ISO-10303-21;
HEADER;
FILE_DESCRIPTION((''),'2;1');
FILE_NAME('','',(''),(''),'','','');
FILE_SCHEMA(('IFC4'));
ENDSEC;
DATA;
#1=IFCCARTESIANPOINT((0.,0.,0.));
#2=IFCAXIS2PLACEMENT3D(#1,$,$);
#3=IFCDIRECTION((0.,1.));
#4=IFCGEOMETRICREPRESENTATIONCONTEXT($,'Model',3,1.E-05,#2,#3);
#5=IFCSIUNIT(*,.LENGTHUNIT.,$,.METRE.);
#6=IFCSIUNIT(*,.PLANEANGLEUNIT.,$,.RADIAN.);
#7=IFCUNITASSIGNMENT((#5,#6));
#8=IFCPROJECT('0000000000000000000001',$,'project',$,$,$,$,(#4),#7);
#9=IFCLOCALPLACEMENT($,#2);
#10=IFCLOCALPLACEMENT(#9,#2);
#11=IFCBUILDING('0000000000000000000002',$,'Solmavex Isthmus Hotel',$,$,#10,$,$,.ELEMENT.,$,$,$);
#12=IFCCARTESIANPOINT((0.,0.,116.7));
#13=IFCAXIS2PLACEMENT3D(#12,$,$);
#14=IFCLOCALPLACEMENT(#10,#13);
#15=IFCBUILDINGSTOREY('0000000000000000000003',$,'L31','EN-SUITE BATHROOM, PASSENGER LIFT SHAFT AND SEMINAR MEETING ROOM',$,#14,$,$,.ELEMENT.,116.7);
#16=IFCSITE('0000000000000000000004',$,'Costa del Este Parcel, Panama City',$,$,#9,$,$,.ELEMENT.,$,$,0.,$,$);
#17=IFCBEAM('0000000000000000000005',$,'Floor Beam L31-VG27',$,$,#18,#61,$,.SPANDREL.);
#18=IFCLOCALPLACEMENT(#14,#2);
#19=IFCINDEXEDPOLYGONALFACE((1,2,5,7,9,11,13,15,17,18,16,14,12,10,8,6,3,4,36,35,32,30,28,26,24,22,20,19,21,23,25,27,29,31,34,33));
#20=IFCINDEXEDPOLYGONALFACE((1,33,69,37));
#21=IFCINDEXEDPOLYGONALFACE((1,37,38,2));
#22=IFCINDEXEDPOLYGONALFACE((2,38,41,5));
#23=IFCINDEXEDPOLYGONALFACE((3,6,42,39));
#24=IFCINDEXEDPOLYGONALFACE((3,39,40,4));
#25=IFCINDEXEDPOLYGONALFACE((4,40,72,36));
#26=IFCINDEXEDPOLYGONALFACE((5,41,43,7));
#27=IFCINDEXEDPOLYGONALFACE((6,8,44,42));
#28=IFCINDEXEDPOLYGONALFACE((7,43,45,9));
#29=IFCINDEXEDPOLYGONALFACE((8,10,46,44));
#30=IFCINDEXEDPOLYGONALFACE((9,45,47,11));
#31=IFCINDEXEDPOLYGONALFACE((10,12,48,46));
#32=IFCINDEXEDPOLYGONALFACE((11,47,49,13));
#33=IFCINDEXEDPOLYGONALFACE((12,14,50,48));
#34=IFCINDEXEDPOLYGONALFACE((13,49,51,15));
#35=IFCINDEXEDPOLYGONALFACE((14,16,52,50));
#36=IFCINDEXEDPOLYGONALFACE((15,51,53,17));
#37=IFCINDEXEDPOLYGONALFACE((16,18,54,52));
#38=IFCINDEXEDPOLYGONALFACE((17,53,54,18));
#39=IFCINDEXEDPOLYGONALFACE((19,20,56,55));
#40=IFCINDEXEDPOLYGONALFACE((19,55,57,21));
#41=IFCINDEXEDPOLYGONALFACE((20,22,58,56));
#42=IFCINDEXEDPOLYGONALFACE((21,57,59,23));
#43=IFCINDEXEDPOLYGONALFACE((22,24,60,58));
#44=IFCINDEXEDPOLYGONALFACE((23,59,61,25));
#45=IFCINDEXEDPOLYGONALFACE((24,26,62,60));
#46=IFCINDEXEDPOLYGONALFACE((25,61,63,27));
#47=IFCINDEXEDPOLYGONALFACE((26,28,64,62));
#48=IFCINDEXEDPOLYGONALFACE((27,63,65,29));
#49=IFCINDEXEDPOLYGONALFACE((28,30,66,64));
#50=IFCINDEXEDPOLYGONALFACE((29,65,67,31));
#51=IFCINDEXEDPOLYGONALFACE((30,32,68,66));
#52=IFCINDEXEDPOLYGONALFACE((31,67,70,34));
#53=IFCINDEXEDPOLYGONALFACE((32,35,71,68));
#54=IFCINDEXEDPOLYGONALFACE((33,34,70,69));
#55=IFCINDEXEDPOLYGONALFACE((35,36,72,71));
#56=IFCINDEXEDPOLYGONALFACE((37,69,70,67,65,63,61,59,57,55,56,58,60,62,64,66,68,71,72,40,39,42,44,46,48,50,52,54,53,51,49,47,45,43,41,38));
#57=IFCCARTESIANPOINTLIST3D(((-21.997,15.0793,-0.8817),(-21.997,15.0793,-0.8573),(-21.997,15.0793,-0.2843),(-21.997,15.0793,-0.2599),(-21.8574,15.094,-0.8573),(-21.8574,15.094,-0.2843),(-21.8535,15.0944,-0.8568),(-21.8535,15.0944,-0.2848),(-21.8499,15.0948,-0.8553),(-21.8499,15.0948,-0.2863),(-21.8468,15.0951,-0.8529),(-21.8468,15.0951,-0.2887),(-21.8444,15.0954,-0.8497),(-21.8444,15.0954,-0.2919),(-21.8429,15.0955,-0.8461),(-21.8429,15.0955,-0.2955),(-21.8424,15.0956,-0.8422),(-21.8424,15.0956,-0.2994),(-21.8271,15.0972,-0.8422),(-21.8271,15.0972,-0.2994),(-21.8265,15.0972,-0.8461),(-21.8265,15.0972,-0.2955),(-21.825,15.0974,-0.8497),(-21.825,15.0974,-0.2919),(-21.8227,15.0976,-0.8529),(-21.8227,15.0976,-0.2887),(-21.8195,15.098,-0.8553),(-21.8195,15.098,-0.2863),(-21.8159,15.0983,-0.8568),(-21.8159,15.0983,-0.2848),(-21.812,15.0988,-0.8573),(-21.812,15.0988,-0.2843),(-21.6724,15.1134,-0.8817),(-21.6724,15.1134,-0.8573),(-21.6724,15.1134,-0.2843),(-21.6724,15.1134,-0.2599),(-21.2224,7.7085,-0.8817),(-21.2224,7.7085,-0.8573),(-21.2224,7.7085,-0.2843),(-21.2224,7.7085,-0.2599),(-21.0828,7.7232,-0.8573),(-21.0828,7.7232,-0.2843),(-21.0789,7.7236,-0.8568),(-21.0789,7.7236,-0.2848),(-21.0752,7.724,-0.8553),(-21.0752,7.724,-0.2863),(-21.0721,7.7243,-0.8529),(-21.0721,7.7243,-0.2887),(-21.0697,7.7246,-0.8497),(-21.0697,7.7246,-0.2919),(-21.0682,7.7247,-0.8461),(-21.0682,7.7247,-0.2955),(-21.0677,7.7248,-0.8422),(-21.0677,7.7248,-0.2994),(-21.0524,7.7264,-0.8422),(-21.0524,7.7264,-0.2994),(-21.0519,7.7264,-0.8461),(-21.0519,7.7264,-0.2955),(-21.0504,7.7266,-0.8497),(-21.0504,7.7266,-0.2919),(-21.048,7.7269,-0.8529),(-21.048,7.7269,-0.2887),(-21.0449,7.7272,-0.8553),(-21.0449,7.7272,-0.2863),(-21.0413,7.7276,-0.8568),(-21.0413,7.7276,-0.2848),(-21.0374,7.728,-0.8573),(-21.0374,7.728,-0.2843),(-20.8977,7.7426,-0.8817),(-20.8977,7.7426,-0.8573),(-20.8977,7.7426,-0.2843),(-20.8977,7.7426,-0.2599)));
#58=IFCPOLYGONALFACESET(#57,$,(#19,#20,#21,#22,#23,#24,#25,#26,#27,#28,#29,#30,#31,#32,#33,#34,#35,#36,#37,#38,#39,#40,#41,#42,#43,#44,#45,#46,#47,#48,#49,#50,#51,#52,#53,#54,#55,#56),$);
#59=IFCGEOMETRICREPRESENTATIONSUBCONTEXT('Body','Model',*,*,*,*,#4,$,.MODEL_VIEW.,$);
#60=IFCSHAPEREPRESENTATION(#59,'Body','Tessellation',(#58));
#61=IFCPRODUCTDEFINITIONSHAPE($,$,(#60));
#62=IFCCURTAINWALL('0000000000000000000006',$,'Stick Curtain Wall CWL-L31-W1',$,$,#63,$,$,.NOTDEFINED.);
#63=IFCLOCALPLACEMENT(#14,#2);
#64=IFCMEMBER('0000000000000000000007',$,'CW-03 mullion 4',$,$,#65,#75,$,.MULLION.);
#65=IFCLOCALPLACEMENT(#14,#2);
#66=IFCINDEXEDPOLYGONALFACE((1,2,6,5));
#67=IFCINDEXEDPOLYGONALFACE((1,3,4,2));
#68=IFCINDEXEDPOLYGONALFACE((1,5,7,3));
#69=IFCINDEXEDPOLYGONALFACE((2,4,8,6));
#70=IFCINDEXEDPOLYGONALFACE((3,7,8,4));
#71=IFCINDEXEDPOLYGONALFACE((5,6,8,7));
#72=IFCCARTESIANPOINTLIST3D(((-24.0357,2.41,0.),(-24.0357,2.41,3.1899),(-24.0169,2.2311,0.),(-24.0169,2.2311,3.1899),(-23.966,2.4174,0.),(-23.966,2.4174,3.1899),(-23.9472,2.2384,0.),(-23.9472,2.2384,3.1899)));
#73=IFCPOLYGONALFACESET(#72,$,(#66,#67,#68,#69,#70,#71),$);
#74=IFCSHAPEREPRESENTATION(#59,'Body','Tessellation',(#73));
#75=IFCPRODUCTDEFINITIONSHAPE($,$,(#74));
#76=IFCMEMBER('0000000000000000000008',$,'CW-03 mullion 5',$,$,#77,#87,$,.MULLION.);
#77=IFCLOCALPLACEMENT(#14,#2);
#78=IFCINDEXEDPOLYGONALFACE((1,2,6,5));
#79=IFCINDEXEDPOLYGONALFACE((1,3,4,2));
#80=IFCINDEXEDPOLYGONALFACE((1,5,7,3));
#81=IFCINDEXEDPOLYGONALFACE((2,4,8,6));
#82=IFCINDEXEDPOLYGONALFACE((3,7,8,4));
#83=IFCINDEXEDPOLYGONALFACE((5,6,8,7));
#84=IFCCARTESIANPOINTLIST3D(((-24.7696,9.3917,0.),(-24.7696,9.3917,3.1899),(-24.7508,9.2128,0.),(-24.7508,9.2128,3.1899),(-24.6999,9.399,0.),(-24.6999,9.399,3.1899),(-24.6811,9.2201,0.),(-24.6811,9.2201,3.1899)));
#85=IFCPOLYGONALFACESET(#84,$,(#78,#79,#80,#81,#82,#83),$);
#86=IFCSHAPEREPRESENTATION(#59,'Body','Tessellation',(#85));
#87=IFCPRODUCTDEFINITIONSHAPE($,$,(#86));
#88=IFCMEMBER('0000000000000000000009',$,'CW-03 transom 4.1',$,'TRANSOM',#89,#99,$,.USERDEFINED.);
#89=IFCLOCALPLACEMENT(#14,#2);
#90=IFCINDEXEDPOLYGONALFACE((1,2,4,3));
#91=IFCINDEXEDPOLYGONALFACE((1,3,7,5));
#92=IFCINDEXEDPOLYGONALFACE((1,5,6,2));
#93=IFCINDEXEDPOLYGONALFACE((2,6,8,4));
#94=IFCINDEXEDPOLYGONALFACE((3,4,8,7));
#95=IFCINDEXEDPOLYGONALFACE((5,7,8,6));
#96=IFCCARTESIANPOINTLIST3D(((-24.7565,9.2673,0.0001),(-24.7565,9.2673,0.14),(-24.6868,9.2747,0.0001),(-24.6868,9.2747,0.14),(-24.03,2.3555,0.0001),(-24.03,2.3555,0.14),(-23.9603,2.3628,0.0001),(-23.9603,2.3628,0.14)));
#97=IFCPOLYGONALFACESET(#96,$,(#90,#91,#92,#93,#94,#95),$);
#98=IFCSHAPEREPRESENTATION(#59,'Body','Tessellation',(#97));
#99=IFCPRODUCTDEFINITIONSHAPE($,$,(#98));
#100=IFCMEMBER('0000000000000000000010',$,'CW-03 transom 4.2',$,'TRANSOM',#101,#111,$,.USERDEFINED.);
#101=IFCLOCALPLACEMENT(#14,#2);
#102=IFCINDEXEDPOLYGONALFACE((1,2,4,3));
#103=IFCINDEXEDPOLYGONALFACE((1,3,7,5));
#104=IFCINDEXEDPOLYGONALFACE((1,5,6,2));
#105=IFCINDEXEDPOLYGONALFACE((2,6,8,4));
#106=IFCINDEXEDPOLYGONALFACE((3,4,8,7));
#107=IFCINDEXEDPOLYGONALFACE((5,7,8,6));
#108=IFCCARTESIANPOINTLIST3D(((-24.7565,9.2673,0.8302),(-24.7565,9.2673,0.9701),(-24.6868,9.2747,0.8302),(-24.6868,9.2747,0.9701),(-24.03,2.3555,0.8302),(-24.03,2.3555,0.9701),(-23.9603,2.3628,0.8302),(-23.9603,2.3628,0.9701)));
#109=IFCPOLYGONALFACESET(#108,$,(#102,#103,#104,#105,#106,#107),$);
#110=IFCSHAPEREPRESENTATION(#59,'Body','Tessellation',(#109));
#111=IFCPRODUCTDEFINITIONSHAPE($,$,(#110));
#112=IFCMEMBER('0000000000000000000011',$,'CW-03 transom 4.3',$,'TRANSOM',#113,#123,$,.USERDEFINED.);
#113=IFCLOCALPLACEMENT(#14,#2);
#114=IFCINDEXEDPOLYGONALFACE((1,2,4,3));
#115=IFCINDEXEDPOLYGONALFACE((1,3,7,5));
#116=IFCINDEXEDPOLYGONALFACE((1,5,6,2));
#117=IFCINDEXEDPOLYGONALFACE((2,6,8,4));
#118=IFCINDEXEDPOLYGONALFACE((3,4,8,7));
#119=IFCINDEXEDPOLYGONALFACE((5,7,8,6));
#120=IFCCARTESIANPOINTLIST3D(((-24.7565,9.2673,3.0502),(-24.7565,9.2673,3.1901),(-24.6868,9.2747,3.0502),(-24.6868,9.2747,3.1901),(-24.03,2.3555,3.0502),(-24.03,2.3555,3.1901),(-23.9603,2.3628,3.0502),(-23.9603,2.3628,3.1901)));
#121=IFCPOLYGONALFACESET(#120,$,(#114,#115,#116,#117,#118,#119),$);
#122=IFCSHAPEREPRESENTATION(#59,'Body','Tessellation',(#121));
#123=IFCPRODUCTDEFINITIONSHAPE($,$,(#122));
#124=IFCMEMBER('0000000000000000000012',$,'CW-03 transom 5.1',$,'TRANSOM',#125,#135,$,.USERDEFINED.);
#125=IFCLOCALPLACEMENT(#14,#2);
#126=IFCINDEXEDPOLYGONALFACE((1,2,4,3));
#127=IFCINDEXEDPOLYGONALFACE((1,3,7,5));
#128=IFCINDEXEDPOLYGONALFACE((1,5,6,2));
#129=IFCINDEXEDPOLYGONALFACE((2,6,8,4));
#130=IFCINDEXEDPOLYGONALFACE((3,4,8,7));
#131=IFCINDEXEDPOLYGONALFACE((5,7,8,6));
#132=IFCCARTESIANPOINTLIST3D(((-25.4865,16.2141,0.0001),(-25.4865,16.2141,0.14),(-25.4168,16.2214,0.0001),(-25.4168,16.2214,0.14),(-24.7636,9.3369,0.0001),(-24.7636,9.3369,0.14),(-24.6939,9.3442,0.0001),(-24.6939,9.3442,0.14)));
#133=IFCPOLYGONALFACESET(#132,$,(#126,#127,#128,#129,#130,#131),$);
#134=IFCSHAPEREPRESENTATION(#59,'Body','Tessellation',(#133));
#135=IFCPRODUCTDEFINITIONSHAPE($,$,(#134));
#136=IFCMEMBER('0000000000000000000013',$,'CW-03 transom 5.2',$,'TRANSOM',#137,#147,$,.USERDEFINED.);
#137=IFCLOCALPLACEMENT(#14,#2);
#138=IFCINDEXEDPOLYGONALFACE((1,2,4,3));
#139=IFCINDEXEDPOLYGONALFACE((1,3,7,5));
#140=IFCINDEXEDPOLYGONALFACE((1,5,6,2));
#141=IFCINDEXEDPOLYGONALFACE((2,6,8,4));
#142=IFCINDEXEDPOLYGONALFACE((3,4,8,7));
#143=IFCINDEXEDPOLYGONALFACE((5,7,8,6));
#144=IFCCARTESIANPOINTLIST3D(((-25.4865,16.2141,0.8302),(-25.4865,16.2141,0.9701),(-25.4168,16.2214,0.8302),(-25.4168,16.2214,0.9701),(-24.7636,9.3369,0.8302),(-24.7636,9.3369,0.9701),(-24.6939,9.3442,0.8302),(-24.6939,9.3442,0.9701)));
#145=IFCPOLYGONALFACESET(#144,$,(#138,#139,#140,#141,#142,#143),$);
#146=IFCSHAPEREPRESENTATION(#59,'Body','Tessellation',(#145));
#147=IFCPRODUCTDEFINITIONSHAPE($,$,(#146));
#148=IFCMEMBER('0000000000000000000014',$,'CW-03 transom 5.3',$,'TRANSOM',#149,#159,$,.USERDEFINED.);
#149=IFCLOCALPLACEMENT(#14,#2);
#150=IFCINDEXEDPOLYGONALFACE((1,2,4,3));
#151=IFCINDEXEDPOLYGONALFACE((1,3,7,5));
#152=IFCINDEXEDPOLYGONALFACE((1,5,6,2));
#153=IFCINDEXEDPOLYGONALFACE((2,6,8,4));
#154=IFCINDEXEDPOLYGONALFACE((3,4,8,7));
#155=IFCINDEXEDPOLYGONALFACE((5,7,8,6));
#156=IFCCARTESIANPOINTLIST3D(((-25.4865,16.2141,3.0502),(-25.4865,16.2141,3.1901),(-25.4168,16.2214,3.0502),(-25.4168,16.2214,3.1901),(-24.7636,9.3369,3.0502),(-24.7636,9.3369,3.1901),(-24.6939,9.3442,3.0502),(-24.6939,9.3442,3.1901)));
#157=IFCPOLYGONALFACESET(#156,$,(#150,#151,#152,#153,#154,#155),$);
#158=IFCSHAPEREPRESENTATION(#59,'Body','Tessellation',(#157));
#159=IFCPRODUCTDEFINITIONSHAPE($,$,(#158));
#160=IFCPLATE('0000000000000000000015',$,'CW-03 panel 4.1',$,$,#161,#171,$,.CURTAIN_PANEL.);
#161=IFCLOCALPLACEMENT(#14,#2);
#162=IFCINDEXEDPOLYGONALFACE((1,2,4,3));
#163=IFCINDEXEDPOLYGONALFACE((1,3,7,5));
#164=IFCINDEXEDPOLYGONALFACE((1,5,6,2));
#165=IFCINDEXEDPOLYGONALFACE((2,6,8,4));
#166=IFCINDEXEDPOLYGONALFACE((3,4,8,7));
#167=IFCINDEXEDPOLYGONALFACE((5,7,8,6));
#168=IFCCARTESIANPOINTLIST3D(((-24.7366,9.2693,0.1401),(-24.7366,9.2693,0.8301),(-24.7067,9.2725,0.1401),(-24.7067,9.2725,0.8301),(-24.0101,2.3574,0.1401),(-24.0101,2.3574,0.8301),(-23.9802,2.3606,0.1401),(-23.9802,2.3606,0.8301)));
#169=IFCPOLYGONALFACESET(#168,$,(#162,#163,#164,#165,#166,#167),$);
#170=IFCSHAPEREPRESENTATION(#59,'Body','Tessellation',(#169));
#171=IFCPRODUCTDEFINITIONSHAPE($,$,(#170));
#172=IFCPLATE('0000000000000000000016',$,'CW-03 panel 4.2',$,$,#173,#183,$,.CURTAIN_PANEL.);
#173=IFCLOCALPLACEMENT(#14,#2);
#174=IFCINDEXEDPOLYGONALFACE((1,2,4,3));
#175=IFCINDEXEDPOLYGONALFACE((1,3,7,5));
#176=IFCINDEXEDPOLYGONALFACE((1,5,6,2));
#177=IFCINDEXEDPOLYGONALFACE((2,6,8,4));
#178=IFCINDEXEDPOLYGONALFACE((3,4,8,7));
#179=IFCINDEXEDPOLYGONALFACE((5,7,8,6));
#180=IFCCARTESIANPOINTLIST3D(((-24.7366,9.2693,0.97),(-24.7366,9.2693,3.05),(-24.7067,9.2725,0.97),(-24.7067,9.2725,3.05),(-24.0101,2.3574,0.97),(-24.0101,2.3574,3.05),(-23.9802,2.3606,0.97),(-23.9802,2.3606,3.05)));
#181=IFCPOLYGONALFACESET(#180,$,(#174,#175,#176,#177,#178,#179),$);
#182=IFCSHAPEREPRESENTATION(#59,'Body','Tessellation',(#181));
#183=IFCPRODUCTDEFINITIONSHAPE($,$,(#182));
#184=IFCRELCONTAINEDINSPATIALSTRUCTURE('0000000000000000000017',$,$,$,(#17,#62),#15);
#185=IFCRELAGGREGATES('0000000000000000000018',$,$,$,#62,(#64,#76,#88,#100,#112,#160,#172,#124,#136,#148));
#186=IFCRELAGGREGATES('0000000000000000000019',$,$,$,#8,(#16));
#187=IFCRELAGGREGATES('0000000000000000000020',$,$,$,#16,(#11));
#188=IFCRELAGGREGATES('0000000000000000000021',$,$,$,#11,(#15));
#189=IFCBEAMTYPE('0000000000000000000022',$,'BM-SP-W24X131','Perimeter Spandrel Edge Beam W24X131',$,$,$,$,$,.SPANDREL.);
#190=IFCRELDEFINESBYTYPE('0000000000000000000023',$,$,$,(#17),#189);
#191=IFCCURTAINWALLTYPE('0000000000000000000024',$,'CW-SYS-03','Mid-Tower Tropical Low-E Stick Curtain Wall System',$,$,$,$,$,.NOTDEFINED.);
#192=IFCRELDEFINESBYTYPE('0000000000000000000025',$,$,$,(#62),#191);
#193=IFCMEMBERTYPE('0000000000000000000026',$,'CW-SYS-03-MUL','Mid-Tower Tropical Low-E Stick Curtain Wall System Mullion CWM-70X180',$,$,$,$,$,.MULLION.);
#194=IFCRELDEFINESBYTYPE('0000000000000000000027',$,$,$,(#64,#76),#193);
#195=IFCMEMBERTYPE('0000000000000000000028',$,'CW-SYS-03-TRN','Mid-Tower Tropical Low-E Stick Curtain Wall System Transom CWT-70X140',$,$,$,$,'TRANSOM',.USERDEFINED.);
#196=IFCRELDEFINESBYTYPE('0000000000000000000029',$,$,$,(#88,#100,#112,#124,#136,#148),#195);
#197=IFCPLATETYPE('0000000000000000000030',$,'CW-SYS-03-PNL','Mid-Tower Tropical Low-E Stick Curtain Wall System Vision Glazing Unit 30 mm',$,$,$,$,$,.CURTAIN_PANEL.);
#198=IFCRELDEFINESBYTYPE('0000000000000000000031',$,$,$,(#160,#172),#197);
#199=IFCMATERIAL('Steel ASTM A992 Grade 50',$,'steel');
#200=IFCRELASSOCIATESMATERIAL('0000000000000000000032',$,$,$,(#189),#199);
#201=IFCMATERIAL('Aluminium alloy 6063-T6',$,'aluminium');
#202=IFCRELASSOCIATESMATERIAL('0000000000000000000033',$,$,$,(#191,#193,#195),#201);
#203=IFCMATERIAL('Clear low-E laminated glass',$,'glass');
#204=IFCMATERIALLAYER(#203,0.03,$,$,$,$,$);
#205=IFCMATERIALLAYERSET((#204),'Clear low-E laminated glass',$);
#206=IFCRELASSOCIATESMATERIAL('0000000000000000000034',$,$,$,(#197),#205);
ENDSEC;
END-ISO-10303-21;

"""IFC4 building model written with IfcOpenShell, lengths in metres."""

from ifc_helpers import new_model, si_unit, direction, frame, origin, origin_2d, place, context, subcontext, project, spatial, rectangle, i_section, extrude, material, layer, layer_set, material_profile, profile_set, type_object, element, aggregate, save


model = new_model("IFC4")

# Units and contexts
model_context = context("Model", 3, precision=1e-05, world=origin(), true_north=direction((0.0, 1.0)))
body_context = subcontext(model_context, "Body", "Model", "MODEL_VIEW")
ifc_project = project(units=[si_unit("LENGTHUNIT", "METRE"), si_unit("PLANEANGLEUNIT", "RADIAN")], contexts=[model_context])

# Site, building, storey
site_placement = place(None, origin())
site = spatial("IfcSite", under=ifc_project, at=site_placement, Name="Costa del Este Parcel, Panama City", CompositionType="ELEMENT", RefElevation=0.0)
building_placement = place(site_placement, origin())
building = spatial("IfcBuilding", under=site, at=building_placement, Name="Solmavex Isthmus Hotel", CompositionType="ELEMENT")
storey_placement = place(building_placement, frame((0.0, 0.0, 116.7)))
storey = spatial("IfcBuildingStorey", under=building, at=storey_placement, Name="L31", Description="EN-SUITE BATHROOM, PASSENGER LIFT SHAFT AND SEMINAR MEETING ROOM", CompositionType="ELEMENT", Elevation=116.7)

# Beam
ifc_material_1 = material(Name="Steel ASTM A992 Grade 50", Category="steel")
ifc_material_profile_1 = material_profile(ifc_material_1, i_section(OverallWidth=0.3264, OverallDepth=0.6218, WebThickness=0.0154, FlangeThickness=0.0244, FilletRadius=0.0151, at=origin_2d()), Name="W24X131")
ifc_profile_set_1 = profile_set([ifc_material_profile_1], Name="Steel ASTM A992 Grade 50")
beam_type_1 = type_object("IfcBeamType", Name="BM-SP-W24X131", Description="Perimeter Spandrel Edge Beam W24X131", PredefinedType="SPANDREL", material=ifc_profile_set_1)
beam_1_placement = place(storey_placement, frame((-21.0601, 7.7256, -0.5708), z_axis=(-0.104522, 0.994523, 0.0), x_axis=(-0.994523, -0.104522, 0.0)))
element("IfcBeam", 1, at=beam_1_placement, inside=storey, type_object=beam_type_1, Name="Floor Beam L31-VG27", PredefinedType="SPANDREL", context=body_context, shape_type="SweptSolid", body=[
    extrude(i_section(OverallWidth=0.3264, OverallDepth=0.6218, WebThickness=0.0154, FlangeThickness=0.0244, FilletRadius=0.0151, at=origin_2d()), origin(), (0.0, 0.0, 1.0), 7.4114),
])

# Curtain wall, members, plates
ifc_material_2 = material(Name="Aluminium alloy 6063-T6", Category="aluminium")
curtain_wall_type = type_object("IfcCurtainWallType", Name="CW-SYS-03", Description="Mid-Tower Tropical Low-E Stick Curtain Wall System", PredefinedType="NOTDEFINED", material=ifc_material_2)
curtain_wall_placement = place(storey_placement, origin())
curtain_wall = element("IfcCurtainWall", 2, at=curtain_wall_placement, inside=storey, type_object=curtain_wall_type, Name="Stick Curtain Wall CWL-L31-W1", PredefinedType="NOTDEFINED")
ifc_material_profile_2 = material_profile(ifc_material_2, rectangle(XDim=0.0701, YDim=0.1799, at=origin_2d()), Name="CWM-70X180")
ifc_profile_set_2 = profile_set([ifc_material_profile_2], Name="Aluminium alloy 6063-T6")
member_type_1 = type_object("IfcMemberType", Name="CW-SYS-03-MUL", Description="Mid-Tower Tropical Low-E Stick Curtain Wall System Mullion CWM-70X180", PredefinedType="MULLION", material=ifc_profile_set_2)
member_1_placement = place(storey_placement, frame((-23.9915, 2.3242, 0.0), z_axis=(0.0, 0.0, 1.0), x_axis=(-0.994522, -0.104528, 0.0)))
member_1 = element("IfcMember", 3, at=member_1_placement, type_object=member_type_1, Name="CW-03 mullion 4", PredefinedType="MULLION", context=body_context, shape_type="SweptSolid", body=[
    extrude(rectangle(XDim=0.0701, YDim=0.1799, at=origin_2d()), origin(), (0.0, 0.0, 1.0), 3.1899),
])
member_2_placement = place(storey_placement, frame((-24.7253, 9.3059, 0.0), z_axis=(0.0, 0.0, 1.0), x_axis=(-0.994522, -0.104528, 0.0)))
member_2 = element("IfcMember", 4, at=member_2_placement, type_object=member_type_1, Name="CW-03 mullion 5", PredefinedType="MULLION", context=body_context, shape_type="SweptSolid", body=[
    extrude(rectangle(XDim=0.0701, YDim=0.1799, at=origin_2d()), origin(), (0.0, 0.0, 1.0), 3.1899),
])
ifc_material_profile_3 = material_profile(ifc_material_2, rectangle(XDim=0.0701, YDim=0.1399, at=origin_2d()), Name="CWT-70X140")
ifc_profile_set_3 = profile_set([ifc_material_profile_3], Name="Aluminium alloy 6063-T6")
member_type_2 = type_object("IfcMemberType", Name="CW-SYS-03-TRN", Description="Mid-Tower Tropical Low-E Stick Curtain Wall System Transom CWT-70X140", ElementType="TRANSOM", PredefinedType="USERDEFINED", material=ifc_profile_set_3)
member_3_placement = place(storey_placement, frame((-23.9951, 2.3591, 0.0701), z_axis=(-0.104542, 0.99452, 0.0), x_axis=(-0.99452, -0.104542, 0.0)))
member_3 = element("IfcMember", 5, at=member_3_placement, type_object=member_type_2, Name="CW-03 transom 4.1", ObjectType="TRANSOM", PredefinedType="USERDEFINED", context=body_context, shape_type="SweptSolid", body=[
    extrude(rectangle(XDim=0.0701, YDim=0.1399, at=origin_2d()), origin(), (0.0, 0.0, 1.0), 6.95),
])
member_4_placement = place(storey_placement, frame((-23.9951, 2.3591, 0.9001), z_axis=(-0.104542, 0.99452, 0.0), x_axis=(-0.99452, -0.104542, 0.0)))
member_4 = element("IfcMember", 6, at=member_4_placement, type_object=member_type_2, Name="CW-03 transom 4.2", ObjectType="TRANSOM", PredefinedType="USERDEFINED", context=body_context, shape_type="SweptSolid", body=[
    extrude(rectangle(XDim=0.0701, YDim=0.1399, at=origin_2d()), origin(), (0.0, 0.0, 1.0), 6.95),
])
member_5_placement = place(storey_placement, frame((-23.9951, 2.3591, 3.1201), z_axis=(-0.104542, 0.99452, 0.0), x_axis=(-0.99452, -0.104542, 0.0)))
member_5 = element("IfcMember", 7, at=member_5_placement, type_object=member_type_2, Name="CW-03 transom 4.3", ObjectType="TRANSOM", PredefinedType="USERDEFINED", context=body_context, shape_type="SweptSolid", body=[
    extrude(rectangle(XDim=0.0701, YDim=0.1399, at=origin_2d()), origin(), (0.0, 0.0, 1.0), 6.95),
])
member_6_placement = place(storey_placement, frame((-24.7288, 9.3406, 0.0701), z_axis=(-0.10454, 0.994521, 0.0), x_axis=(-0.994521, -0.10454, 0.0)))
member_6 = element("IfcMember", 8, at=member_6_placement, type_object=member_type_2, Name="CW-03 transom 5.1", ObjectType="TRANSOM", PredefinedType="USERDEFINED", context=body_context, shape_type="SweptSolid", body=[
    extrude(rectangle(XDim=0.0701, YDim=0.1399, at=origin_2d()), origin(), (0.0, 0.0, 1.0), 6.915),
])
member_7_placement = place(storey_placement, frame((-24.7288, 9.3406, 0.9001), z_axis=(-0.10454, 0.994521, 0.0), x_axis=(-0.994521, -0.10454, 0.0)))
member_7 = element("IfcMember", 9, at=member_7_placement, type_object=member_type_2, Name="CW-03 transom 5.2", ObjectType="TRANSOM", PredefinedType="USERDEFINED", context=body_context, shape_type="SweptSolid", body=[
    extrude(rectangle(XDim=0.0701, YDim=0.1399, at=origin_2d()), origin(), (0.0, 0.0, 1.0), 6.915),
])
member_8_placement = place(storey_placement, frame((-24.7288, 9.3406, 3.1201), z_axis=(-0.10454, 0.994521, 0.0), x_axis=(-0.994521, -0.10454, 0.0)))
member_8 = element("IfcMember", 10, at=member_8_placement, type_object=member_type_2, Name="CW-03 transom 5.3", ObjectType="TRANSOM", PredefinedType="USERDEFINED", context=body_context, shape_type="SweptSolid", body=[
    extrude(rectangle(XDim=0.0701, YDim=0.1399, at=origin_2d()), origin(), (0.0, 0.0, 1.0), 6.915),
])
ifc_material_3 = material(Name="Clear low-E laminated glass", Category="glass")
ifc_layer_1 = layer(ifc_material_3, 0.03)
ifc_layer_set_1 = layer_set([ifc_layer_1], Name="Clear low-E laminated glass")
plate_type = type_object("IfcPlateType", Name="CW-SYS-03-PNL", Description="Mid-Tower Tropical Low-E Stick Curtain Wall System Vision Glazing Unit 30 mm", PredefinedType="CURTAIN_PANEL", material=ifc_layer_set_1)
plate_1_placement = place(storey_placement, frame((-24.3584, 5.8149, 0.1401), z_axis=(0.0, 0.0, 1.0), x_axis=(-0.104528, 0.994522, 0.0)))
plate_1 = element("IfcPlate", 11, at=plate_1_placement, type_object=plate_type, Name="CW-03 panel 4.1", PredefinedType="CURTAIN_PANEL", context=body_context, shape_type="SweptSolid", body=[
    extrude(rectangle(XDim=6.95, YDim=0.03, at=origin_2d()), origin(), (0.0, 0.0, 1.0), 0.6899),
])
plate_2_placement = place(storey_placement, frame((-24.3584, 5.8149, 0.97), z_axis=(0.0, 0.0, 1.0), x_axis=(-0.104528, 0.994522, 0.0)))
plate_2 = element("IfcPlate", 12, at=plate_2_placement, type_object=plate_type, Name="CW-03 panel 4.2", PredefinedType="CURTAIN_PANEL", context=body_context, shape_type="SweptSolid", body=[
    extrude(rectangle(XDim=6.95, YDim=0.03, at=origin_2d()), origin(), (0.0, 0.0, 1.0), 2.0801),
])
aggregate(curtain_wall, [member_1, member_2, member_3, member_4, member_5, plate_1, plate_2, member_6, member_7, member_8])

save(model, "model.ifc")
